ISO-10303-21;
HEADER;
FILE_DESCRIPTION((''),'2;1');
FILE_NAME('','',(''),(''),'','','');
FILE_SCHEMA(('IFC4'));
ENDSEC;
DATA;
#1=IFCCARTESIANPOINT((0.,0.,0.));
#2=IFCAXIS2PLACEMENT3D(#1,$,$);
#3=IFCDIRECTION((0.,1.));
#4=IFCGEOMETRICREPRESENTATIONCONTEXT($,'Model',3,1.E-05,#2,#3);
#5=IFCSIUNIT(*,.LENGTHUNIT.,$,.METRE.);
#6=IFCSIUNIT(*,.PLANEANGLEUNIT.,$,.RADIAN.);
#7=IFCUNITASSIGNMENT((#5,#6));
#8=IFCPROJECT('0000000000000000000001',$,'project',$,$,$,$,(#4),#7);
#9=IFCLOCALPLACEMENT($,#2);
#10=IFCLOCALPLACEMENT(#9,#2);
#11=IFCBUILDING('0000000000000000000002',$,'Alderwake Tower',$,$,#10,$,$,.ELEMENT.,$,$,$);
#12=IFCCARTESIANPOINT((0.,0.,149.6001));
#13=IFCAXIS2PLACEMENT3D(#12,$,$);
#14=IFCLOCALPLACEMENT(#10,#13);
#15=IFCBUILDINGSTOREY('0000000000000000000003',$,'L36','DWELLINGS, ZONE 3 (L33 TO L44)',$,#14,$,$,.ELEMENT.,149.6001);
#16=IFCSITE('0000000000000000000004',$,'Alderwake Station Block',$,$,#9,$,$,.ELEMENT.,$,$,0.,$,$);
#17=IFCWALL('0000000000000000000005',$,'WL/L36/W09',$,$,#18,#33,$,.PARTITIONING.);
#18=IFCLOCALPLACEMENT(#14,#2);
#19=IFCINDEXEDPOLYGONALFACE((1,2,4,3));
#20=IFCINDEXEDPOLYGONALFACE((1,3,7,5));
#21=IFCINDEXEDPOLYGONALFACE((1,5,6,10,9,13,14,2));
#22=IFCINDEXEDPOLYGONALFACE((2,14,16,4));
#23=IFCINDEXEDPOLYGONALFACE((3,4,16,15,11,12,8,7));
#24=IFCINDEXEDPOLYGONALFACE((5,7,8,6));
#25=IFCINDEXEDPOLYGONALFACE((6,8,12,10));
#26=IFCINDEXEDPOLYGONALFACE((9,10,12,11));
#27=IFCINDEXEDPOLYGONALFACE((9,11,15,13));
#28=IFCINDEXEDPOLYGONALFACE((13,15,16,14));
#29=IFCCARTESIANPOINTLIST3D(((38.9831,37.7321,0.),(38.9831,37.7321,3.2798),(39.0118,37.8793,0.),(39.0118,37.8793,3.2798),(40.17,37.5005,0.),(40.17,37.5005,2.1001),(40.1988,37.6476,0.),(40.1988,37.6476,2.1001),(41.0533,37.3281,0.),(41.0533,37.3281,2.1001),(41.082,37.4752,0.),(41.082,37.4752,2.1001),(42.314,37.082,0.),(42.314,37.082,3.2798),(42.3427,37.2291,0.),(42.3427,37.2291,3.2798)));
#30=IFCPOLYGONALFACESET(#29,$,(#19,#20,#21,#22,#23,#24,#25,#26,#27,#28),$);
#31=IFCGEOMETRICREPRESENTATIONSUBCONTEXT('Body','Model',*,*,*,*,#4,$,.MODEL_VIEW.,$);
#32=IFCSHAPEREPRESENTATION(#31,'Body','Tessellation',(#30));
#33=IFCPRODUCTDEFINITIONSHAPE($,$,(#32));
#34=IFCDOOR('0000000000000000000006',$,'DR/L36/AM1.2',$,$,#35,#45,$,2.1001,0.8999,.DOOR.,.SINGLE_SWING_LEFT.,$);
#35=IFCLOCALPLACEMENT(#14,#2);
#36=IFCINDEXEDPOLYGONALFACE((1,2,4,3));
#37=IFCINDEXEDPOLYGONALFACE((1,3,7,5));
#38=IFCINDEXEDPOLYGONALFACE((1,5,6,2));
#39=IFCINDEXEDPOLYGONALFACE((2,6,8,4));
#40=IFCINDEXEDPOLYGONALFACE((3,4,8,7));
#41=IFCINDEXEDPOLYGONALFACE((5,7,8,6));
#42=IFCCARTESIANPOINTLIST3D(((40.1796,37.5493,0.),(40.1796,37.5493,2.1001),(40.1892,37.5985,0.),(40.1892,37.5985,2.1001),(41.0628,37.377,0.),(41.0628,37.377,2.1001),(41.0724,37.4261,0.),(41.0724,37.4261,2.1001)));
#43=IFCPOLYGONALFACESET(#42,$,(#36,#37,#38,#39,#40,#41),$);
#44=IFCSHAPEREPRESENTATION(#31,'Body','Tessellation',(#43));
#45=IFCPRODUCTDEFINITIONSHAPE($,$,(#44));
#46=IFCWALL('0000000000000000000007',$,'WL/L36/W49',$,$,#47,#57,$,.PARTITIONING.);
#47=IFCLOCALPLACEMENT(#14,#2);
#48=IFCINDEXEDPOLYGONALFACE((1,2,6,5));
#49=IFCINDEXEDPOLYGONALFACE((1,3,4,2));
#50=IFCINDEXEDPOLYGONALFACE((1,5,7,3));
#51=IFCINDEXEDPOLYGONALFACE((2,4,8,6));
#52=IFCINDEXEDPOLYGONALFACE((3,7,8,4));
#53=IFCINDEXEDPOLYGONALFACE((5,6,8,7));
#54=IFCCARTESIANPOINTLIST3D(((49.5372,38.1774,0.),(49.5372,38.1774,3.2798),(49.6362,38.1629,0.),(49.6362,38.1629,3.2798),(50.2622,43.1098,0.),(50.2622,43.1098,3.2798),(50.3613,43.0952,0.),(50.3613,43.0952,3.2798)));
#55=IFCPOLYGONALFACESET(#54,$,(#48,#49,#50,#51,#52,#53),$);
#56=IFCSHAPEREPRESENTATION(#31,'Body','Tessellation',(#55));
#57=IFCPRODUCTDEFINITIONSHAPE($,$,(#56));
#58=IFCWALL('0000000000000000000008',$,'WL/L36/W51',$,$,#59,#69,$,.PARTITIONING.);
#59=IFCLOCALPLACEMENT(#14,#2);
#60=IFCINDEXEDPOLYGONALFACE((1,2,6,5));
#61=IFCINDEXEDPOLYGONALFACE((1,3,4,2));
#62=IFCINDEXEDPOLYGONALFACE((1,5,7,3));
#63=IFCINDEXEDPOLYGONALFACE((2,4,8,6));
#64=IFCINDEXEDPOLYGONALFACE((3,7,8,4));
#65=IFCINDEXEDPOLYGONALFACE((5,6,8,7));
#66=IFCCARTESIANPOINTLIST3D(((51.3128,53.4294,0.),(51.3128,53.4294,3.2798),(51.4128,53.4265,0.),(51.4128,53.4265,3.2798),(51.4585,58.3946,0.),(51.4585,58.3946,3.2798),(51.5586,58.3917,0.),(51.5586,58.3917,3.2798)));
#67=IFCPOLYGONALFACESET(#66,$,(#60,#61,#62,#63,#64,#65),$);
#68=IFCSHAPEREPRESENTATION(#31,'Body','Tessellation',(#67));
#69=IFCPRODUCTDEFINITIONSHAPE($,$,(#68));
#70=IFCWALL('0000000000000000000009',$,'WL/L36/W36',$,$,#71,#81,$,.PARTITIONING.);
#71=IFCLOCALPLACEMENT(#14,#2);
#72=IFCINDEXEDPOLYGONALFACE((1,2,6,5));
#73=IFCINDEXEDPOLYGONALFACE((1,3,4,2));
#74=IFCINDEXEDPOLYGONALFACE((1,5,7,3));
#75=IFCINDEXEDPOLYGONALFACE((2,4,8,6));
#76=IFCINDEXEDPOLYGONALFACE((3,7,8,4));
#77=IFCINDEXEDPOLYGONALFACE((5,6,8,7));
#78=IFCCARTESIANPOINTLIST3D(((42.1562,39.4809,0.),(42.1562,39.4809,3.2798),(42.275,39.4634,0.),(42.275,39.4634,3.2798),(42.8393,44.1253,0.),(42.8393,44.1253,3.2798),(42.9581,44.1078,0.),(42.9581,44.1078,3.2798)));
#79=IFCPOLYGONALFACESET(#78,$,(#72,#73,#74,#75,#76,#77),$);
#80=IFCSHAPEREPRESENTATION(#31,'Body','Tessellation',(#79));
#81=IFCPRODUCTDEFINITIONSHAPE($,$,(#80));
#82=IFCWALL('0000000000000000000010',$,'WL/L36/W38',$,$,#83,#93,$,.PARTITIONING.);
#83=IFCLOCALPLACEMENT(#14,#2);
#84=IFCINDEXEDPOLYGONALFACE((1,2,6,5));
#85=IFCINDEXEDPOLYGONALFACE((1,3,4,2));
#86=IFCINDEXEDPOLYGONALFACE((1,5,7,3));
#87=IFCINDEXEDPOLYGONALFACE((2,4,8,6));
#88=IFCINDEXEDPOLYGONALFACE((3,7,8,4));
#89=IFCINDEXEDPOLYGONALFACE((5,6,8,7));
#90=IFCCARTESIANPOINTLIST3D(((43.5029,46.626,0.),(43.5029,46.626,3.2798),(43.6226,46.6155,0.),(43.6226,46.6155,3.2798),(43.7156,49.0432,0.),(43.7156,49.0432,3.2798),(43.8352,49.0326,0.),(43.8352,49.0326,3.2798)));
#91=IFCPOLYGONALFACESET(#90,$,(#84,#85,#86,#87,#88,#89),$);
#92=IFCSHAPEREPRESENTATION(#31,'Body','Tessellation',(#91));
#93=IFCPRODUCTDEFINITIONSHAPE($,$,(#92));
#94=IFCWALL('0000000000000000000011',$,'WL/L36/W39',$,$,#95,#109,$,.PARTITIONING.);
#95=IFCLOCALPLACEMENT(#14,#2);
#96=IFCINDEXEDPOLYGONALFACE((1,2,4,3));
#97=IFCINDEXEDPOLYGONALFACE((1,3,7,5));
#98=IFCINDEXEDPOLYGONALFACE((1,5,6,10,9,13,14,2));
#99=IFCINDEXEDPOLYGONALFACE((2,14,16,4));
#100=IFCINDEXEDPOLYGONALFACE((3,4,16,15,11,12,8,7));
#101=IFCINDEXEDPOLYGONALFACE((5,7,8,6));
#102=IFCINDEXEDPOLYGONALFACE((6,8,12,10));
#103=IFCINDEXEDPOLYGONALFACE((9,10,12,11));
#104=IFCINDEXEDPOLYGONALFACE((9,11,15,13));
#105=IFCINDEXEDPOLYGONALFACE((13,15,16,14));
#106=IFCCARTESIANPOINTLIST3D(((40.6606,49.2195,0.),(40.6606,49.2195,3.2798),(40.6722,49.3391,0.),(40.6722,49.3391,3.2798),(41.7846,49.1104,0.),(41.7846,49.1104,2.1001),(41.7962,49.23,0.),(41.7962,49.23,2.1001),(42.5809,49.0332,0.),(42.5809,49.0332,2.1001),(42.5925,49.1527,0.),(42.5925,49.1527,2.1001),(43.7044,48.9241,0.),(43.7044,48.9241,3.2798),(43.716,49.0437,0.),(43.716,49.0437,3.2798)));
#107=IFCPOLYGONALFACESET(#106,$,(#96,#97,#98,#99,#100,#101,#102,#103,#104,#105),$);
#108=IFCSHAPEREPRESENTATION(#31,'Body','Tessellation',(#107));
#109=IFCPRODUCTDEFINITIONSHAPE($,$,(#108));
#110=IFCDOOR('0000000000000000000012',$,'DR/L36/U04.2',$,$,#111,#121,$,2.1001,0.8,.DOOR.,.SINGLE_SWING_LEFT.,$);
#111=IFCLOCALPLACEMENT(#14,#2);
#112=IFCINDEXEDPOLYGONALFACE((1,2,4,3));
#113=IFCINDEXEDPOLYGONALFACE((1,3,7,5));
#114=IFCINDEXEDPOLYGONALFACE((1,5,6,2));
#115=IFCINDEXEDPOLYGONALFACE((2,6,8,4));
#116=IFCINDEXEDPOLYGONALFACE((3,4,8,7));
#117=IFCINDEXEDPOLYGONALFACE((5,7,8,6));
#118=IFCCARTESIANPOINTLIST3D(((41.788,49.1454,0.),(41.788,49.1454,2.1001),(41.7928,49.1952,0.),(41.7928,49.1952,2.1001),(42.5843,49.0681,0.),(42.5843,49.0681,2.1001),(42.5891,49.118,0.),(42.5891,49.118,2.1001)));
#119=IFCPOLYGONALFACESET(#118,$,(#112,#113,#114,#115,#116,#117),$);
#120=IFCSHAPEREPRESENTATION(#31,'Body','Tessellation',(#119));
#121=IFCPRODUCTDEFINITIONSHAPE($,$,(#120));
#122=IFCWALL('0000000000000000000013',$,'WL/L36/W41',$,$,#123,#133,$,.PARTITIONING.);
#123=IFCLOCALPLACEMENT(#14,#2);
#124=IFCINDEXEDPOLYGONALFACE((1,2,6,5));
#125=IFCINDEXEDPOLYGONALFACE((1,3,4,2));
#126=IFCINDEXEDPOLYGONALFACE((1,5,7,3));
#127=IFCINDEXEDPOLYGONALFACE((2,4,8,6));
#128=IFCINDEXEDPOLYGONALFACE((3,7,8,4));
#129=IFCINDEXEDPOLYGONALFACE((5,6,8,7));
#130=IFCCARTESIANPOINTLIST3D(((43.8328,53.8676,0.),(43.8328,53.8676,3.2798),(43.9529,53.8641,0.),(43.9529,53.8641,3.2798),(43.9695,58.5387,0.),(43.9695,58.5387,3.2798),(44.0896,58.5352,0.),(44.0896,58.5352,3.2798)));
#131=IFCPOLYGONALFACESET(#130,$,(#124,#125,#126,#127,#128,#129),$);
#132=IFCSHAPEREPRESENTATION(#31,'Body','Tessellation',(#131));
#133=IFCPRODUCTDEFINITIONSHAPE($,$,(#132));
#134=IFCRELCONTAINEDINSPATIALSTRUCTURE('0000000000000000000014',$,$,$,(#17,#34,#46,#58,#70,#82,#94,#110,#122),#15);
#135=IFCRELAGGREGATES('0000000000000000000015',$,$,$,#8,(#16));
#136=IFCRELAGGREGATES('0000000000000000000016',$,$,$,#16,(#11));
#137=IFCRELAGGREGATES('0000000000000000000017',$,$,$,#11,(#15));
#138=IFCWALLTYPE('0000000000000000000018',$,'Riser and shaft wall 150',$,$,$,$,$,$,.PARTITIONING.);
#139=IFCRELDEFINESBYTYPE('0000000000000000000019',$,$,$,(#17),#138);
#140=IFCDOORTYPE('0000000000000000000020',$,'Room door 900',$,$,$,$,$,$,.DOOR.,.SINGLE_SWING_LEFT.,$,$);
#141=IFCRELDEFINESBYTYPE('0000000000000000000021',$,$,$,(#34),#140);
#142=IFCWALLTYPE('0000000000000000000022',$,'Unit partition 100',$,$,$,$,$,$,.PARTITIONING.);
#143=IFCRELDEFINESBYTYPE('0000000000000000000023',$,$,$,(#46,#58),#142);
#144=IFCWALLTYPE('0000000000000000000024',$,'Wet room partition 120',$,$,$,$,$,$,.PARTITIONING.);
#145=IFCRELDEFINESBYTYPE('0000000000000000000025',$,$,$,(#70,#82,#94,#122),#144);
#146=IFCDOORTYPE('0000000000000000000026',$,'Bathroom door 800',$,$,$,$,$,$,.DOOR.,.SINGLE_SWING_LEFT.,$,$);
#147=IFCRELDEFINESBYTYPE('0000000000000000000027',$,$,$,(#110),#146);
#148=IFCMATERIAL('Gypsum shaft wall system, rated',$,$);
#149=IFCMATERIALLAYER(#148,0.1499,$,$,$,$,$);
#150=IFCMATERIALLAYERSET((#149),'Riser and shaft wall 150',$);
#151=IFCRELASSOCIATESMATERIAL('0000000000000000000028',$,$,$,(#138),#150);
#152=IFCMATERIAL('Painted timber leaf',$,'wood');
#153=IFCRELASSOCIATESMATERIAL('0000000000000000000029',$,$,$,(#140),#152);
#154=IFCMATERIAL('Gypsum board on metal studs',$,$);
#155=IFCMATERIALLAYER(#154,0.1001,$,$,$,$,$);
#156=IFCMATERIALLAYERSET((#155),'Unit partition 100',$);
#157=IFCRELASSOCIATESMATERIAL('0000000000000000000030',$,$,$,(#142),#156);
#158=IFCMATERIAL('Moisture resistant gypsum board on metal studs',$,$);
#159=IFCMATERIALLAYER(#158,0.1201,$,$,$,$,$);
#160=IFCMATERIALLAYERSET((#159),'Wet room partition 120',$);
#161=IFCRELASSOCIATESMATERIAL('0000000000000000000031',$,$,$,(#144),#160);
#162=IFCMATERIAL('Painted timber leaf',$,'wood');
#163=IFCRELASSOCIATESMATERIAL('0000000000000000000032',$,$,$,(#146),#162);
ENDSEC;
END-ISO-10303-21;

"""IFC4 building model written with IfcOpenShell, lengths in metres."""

from ifc_helpers import new_model, si_unit, direction, frame, frame_2d, origin, place, context, subcontext, project, spatial, rectangle, extrude, material, layer, layer_set, type_object, element, fill, save


model = new_model("IFC4")

# Units and contexts
model_context = context("Model", 3, precision=1e-05, world=origin(), true_north=direction((0.0, 1.0)))
body_context = subcontext(model_context, "Body", "Model", "MODEL_VIEW")
ifc_project = project(units=[si_unit("LENGTHUNIT", "METRE"), si_unit("PLANEANGLEUNIT", "RADIAN")], contexts=[model_context])

# Site, building, storey
site_placement = place(None, origin())
site = spatial("IfcSite", under=ifc_project, at=site_placement, Name="Alderwake Station Block", CompositionType="ELEMENT", RefElevation=0.0)
building_placement = place(site_placement, origin())
building = spatial("IfcBuilding", under=site, at=building_placement, Name="Alderwake Tower", CompositionType="ELEMENT")
storey_placement = place(building_placement, frame((0.0, 0.0, 149.6001)))
storey = spatial("IfcBuildingStorey", under=building, at=storey_placement, Name="L36", Description="DWELLINGS, ZONE 3 (L33 TO L44)", CompositionType="ELEMENT", Elevation=149.6001)

# Wall, opening, door
ifc_material_1 = material(Name="Gypsum shaft wall system, rated")
ifc_layer_1 = layer(ifc_material_1, 0.1499)
ifc_layer_set_1 = layer_set([ifc_layer_1], Name="Riser and shaft wall 150")
wall_type_1 = type_object("IfcWallType", Name="Riser and shaft wall 150", PredefinedType="PARTITIONING", material=ifc_layer_set_1)
wall_1_placement = place(storey_placement, frame((38.9976, 37.8057, 0.0), z_axis=(0.0, 0.0, 1.0), x_axis=(0.98148, -0.191563, 0.0)))
wall_1 = element("IfcWall", 1, at=wall_1_placement, inside=storey, type_object=wall_type_1, Name="WL/L36/W09", PredefinedType="PARTITIONING", context=body_context, shape_type="SweptSolid", body=[
    extrude(rectangle(XDim=3.3938, YDim=0.1499, at=frame_2d((1.6968, 0.0))), origin(), (0.0, 0.0, 1.0), 3.2798),
])
opening_1_placement = place(wall_1_placement, frame((1.2092, 0.0, 0.0)))
opening_1 = element("IfcOpeningElement", 2, at=opening_1_placement, cuts=wall_1, PredefinedType="OPENING", context=body_context, shape_type="SweptSolid", body=[
    extrude(rectangle(XDim=0.8999, YDim=2.1001, at=frame_2d((0.45, 1.05))), frame((0.0, 0.085, 0.0), z_axis=(0.0, -1.0, 0.0), x_axis=(1.0, 0.0, 0.0)), (0.0, 0.0, 1.0), 0.1699),
])
ifc_material_2 = material(Name="Painted timber leaf", Category="wood")
door_type_1 = type_object("IfcDoorType", Name="Room door 900", OperationType="SINGLE_SWING_LEFT", PredefinedType="DOOR", material=ifc_material_2)
door_1_placement = place(opening_1_placement, origin())
door_1 = element("IfcDoor", 3, at=door_1_placement, inside=storey, type_object=door_type_1, Name="DR/L36/AM1.2", OperationType="SINGLE_SWING_LEFT", OverallHeight=2.1001, OverallWidth=0.8999, PredefinedType="DOOR", context=body_context, shape_type="SweptSolid", body=[
    extrude(rectangle(XDim=0.8999, YDim=2.1001, at=frame_2d((0.45, 1.05))), frame((0.0, 0.0249, 0.0), z_axis=(0.0, -1.0, 0.0), x_axis=(1.0, 0.0, 0.0)), (0.0, 0.0, 1.0), 0.05),
])
fill(opening_1, door_1)

# Walls
ifc_material_3 = material(Name="Gypsum board on metal studs")
ifc_layer_2 = layer(ifc_material_3, 0.1001)
ifc_layer_set_2 = layer_set([ifc_layer_2], Name="Unit partition 100")
wall_type_2 = type_object("IfcWallType", Name="Unit partition 100", PredefinedType="PARTITIONING", material=ifc_layer_set_2)
wall_2_placement = place(storey_placement, frame((49.5867, 38.1702, 0.0), z_axis=(0.0, 0.0, 1.0), x_axis=(0.145445, 0.989366, 0.0)))
element("IfcWall", 4, at=wall_2_placement, inside=storey, type_object=wall_type_2, Name="WL/L36/W49", PredefinedType="PARTITIONING", context=body_context, shape_type="SweptSolid", body=[
    extrude(rectangle(XDim=4.9854, YDim=0.1001, at=frame_2d((2.4927, 0.0))), origin(), (0.0, 0.0, 1.0), 3.2798),
])
wall_3_placement = place(storey_placement, frame((51.3628, 53.428, 0.0), z_axis=(0.0, 0.0, 1.0), x_axis=(0.029343, 0.999569, 0.0)))
element("IfcWall", 5, at=wall_3_placement, inside=storey, type_object=wall_type_2, Name="WL/L36/W51", PredefinedType="PARTITIONING", context=body_context, shape_type="SweptSolid", body=[
    extrude(rectangle(XDim=4.9673, YDim=0.1001, at=frame_2d((2.4836, 0.0))), origin(), (0.0, 0.0, 1.0), 3.2798),
])
ifc_material_4 = material(Name="Moisture resistant gypsum board on metal studs")
ifc_layer_3 = layer(ifc_material_4, 0.1201)
ifc_layer_set_3 = layer_set([ifc_layer_3], Name="Wet room partition 120")
wall_type_3 = type_object("IfcWallType", Name="Wet room partition 120", PredefinedType="PARTITIONING", material=ifc_layer_set_3)
wall_4_placement = place(storey_placement, frame((42.2156, 39.4722, 0.0), z_axis=(0.0, 0.0, 1.0), x_axis=(0.145519, 0.989355, 0.0)))
element("IfcWall", 6, at=wall_4_placement, inside=storey, type_object=wall_type_3, Name="WL/L36/W36", PredefinedType="PARTITIONING", context=body_context, shape_type="SweptSolid", body=[
    extrude(rectangle(XDim=4.6943, YDim=0.1201, at=frame_2d((2.3472, 0.0))), origin(), (0.0, 0.0, 1.0), 3.2798),
])
wall_5_placement = place(storey_placement, frame((43.5627, 46.6206, 0.0), z_axis=(0.0, 0.0, 1.0), x_axis=(0.087632, 0.996153, 0.0)))
element("IfcWall", 7, at=wall_5_placement, inside=storey, type_object=wall_type_3, Name="WL/L36/W38", PredefinedType="PARTITIONING", context=body_context, shape_type="SweptSolid", body=[
    extrude(rectangle(XDim=2.4265, YDim=0.1201, at=frame_2d((1.2134, 0.0))), origin(), (0.0, 0.0, 1.0), 3.2798),
])

# Wall, opening, door
wall_6_placement = place(storey_placement, frame((43.7102, 48.9839, 0.0), z_axis=(0.0, 0.0, 1.0), x_axis=(-0.995323, 0.096602, 0.0)))
wall_6 = element("IfcWall", 8, at=wall_6_placement, inside=storey, type_object=wall_type_3, Name="WL/L36/W39", PredefinedType="PARTITIONING", context=body_context, shape_type="SweptSolid", body=[
    extrude(rectangle(XDim=3.0581, YDim=0.1201, at=frame_2d((1.5291, 0.0))), origin(), (0.0, 0.0, 1.0), 3.2798),
])
opening_2_placement = place(wall_6_placement, frame((1.1289, 0.0, 0.0)))
opening_2 = element("IfcOpeningElement", 9, at=opening_2_placement, cuts=wall_6, PredefinedType="OPENING", context=body_context, shape_type="SweptSolid", body=[
    extrude(rectangle(XDim=0.8, YDim=2.1001, at=frame_2d((0.3999, 1.05))), frame((0.0, 0.0701, 0.0), z_axis=(0.0, -1.0, 0.0), x_axis=(1.0, 0.0, 0.0)), (0.0, 0.0, 1.0), 0.1401),
])
ifc_material_5 = material(Name="Painted timber leaf", Category="wood")
door_type_2 = type_object("IfcDoorType", Name="Bathroom door 800", OperationType="SINGLE_SWING_LEFT", PredefinedType="DOOR", material=ifc_material_5)
door_2_placement = place(opening_2_placement, origin())
door_2 = element("IfcDoor", 10, at=door_2_placement, inside=storey, type_object=door_type_2, Name="DR/L36/U04.2", OperationType="SINGLE_SWING_LEFT", OverallHeight=2.1001, OverallWidth=0.8, PredefinedType="DOOR", context=body_context, shape_type="SweptSolid", body=[
    extrude(rectangle(XDim=0.8, YDim=2.1001, at=frame_2d((0.3999, 1.05))), frame((0.0, 0.0249, 0.0), z_axis=(0.0, -1.0, 0.0), x_axis=(1.0, 0.0, 0.0)), (0.0, 0.0, 1.0), 0.05),
])
fill(opening_2, door_2)

# Wall
wall_7_placement = place(storey_placement, frame((43.8928, 53.866, 0.0), z_axis=(0.0, 0.0, 1.0), x_axis=(0.029256, 0.999572, 0.0)))
element("IfcWall", 11, at=wall_7_placement, inside=storey, type_object=wall_type_3, Name="WL/L36/W41", PredefinedType="PARTITIONING", context=body_context, shape_type="SweptSolid", body=[
    extrude(rectangle(XDim=4.6731, YDim=0.1201, at=frame_2d((2.3364, 0.0))), origin(), (0.0, 0.0, 1.0), 3.2798),
])

save(model, "model.ifc")
